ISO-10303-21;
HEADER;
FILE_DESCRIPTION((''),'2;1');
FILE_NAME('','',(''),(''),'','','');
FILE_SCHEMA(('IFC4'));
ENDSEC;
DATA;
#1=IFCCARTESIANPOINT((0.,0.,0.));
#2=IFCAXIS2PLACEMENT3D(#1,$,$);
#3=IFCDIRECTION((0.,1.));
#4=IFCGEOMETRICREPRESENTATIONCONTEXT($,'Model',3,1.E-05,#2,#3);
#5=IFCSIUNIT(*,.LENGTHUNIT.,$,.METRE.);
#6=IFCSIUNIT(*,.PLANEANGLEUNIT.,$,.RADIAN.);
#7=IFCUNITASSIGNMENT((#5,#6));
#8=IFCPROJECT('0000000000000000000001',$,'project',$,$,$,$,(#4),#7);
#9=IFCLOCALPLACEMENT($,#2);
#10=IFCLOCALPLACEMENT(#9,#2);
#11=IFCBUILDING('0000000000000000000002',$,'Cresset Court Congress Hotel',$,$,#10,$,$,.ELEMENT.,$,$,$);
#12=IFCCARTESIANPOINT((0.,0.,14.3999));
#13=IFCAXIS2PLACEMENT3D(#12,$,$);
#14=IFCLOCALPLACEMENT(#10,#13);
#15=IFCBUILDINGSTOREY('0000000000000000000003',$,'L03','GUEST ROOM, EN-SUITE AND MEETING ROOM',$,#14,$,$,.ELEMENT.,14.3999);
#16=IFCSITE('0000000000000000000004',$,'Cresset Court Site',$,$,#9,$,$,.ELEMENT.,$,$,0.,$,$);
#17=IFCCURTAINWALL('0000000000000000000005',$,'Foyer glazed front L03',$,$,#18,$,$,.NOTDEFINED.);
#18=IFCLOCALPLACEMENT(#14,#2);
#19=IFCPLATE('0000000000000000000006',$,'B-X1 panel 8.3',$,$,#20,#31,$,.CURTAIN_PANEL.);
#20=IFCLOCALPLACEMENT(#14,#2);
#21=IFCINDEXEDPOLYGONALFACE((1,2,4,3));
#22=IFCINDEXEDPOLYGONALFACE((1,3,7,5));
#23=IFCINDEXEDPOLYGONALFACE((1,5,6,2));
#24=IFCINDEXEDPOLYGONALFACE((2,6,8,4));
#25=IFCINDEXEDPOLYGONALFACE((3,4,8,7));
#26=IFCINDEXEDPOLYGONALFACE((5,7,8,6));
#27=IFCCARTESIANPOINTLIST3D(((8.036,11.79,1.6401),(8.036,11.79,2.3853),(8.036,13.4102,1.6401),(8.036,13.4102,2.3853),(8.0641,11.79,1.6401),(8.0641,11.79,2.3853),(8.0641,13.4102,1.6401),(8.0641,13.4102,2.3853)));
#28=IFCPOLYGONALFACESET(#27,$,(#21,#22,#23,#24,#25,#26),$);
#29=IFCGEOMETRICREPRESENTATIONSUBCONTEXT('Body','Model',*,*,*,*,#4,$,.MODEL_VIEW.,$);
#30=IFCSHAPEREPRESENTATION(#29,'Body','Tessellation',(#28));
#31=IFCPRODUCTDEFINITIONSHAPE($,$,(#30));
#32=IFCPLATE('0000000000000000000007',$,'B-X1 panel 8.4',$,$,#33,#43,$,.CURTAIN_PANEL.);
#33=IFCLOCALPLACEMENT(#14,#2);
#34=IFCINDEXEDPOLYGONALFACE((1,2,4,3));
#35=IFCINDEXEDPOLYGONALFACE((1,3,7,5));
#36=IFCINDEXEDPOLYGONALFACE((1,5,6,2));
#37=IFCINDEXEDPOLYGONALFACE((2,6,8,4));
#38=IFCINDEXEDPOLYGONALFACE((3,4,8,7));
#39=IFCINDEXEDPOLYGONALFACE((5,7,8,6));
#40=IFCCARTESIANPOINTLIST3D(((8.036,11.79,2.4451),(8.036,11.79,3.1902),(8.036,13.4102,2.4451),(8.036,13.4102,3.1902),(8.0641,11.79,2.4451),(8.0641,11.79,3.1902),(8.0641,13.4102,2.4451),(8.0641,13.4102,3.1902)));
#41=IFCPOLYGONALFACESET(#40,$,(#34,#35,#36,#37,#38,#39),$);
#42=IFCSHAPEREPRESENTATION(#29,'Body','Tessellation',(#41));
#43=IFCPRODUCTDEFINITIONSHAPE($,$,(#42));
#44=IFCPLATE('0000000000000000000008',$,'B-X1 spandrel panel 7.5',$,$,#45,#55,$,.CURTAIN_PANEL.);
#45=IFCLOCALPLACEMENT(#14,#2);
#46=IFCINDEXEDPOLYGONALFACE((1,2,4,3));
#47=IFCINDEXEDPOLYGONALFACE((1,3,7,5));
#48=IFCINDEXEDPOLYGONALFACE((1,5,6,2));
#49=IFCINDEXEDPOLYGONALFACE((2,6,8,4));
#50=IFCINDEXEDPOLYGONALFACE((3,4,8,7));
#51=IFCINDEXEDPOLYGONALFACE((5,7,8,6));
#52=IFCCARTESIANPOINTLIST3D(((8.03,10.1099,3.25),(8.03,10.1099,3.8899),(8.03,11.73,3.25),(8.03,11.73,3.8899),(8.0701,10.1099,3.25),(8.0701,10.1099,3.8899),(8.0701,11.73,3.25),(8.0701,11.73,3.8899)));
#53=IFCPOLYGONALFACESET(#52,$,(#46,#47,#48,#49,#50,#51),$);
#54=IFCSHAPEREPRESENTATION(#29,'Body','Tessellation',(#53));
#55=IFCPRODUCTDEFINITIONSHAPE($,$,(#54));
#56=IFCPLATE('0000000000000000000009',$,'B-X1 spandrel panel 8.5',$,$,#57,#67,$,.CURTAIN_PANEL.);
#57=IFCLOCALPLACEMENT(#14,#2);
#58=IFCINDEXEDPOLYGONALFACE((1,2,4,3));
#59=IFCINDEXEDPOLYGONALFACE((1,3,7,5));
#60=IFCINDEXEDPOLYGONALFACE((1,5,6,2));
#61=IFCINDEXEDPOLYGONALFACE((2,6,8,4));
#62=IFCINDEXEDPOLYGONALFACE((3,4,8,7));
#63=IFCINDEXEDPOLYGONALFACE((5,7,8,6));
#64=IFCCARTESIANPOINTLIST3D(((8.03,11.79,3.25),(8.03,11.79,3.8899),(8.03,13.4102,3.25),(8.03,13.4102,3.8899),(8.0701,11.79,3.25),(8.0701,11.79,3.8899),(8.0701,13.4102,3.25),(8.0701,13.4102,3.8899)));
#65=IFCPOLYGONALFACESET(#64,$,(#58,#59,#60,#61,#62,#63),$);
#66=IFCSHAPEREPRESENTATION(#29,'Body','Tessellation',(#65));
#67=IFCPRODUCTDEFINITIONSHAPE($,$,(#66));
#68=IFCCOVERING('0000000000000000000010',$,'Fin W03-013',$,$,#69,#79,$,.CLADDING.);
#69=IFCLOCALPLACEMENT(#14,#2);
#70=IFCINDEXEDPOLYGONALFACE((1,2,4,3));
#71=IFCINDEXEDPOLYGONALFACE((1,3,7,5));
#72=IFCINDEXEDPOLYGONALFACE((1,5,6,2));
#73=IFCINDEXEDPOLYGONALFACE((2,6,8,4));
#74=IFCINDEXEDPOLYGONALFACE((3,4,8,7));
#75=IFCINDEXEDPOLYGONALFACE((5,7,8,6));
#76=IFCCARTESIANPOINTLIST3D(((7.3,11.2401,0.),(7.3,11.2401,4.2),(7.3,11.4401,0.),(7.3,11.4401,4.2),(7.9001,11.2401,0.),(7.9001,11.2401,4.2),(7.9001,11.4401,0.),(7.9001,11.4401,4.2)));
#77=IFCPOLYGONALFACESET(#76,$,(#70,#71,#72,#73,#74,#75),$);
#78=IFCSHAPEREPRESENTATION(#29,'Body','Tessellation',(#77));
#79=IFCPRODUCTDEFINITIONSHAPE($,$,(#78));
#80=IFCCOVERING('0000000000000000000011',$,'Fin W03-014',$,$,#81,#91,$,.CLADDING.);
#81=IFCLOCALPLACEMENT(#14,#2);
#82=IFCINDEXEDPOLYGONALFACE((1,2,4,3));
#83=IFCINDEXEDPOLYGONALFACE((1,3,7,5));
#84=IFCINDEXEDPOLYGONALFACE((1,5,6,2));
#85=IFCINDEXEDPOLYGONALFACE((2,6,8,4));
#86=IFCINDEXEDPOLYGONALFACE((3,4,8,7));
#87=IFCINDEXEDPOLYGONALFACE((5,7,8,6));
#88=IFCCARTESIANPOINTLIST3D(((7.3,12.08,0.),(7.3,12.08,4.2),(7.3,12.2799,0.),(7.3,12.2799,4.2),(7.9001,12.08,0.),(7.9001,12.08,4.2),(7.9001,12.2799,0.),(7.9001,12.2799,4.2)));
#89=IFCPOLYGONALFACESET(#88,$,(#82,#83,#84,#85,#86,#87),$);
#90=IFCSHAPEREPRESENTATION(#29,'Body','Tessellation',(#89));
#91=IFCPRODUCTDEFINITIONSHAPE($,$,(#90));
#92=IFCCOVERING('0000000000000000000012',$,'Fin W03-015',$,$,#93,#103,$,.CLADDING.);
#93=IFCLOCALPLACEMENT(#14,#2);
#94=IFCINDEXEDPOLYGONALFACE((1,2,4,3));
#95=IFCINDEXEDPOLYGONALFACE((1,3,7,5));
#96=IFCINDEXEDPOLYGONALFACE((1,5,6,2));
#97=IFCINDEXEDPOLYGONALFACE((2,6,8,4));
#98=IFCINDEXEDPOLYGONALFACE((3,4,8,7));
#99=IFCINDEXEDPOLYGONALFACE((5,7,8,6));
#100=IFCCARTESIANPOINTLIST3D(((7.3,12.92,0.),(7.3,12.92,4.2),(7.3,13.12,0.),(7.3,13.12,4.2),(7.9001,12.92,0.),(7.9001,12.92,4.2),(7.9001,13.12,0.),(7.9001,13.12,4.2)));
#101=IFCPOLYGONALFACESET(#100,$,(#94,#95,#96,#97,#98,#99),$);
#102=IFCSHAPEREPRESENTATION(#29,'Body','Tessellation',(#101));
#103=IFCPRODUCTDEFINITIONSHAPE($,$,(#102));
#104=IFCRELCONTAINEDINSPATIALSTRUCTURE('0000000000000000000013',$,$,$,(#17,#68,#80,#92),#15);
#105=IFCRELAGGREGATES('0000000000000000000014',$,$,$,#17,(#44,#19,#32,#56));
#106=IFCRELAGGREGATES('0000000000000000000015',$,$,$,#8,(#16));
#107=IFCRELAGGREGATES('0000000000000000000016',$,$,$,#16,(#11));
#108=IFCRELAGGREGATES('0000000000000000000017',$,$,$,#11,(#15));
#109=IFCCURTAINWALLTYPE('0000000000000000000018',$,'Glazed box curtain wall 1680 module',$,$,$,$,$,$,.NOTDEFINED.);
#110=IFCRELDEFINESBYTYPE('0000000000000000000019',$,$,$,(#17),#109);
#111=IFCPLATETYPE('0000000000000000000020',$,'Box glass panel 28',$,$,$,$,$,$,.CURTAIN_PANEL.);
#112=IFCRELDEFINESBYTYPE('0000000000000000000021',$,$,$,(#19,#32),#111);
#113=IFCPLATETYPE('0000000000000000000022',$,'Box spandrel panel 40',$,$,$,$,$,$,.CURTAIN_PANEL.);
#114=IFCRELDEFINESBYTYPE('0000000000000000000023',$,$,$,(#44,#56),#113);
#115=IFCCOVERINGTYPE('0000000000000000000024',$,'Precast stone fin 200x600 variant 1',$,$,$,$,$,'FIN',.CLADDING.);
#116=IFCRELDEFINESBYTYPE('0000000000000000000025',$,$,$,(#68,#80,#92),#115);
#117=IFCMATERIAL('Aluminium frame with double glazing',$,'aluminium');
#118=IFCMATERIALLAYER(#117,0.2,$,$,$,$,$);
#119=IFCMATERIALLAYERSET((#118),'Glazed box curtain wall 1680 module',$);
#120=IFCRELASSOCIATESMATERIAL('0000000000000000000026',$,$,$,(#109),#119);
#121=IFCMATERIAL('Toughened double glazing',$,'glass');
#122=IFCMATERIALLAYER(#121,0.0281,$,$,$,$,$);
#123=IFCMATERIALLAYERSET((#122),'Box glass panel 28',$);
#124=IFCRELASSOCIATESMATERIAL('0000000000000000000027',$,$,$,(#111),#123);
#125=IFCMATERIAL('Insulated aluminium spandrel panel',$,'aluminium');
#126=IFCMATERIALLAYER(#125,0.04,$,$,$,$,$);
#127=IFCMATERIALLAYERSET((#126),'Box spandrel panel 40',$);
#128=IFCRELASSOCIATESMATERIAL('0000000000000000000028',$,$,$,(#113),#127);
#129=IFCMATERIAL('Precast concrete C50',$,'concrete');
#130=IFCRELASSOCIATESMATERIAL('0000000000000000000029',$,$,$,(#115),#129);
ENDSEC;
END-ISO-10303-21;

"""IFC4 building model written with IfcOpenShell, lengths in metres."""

from ifc_helpers import new_model, si_unit, direction, frame, origin, origin_2d, place, context, subcontext, project, spatial, rectangle, extrude, material, layer, layer_set, type_object, element, aggregate, save


model = new_model("IFC4")

# Units and contexts
model_context = context("Model", 3, precision=1e-05, world=origin(), true_north=direction((0.0, 1.0)))
body_context = subcontext(model_context, "Body", "Model", "MODEL_VIEW")
ifc_project = project(units=[si_unit("LENGTHUNIT", "METRE"), si_unit("PLANEANGLEUNIT", "RADIAN")], contexts=[model_context])

# Site, building, storey
site_placement = place(None, origin())
site = spatial("IfcSite", under=ifc_project, at=site_placement, Name="Cresset Court Site", CompositionType="ELEMENT", RefElevation=0.0)
building_placement = place(site_placement, origin())
building = spatial("IfcBuilding", under=site, at=building_placement, Name="Cresset Court Congress Hotel", CompositionType="ELEMENT")
storey_placement = place(building_placement, frame((0.0, 0.0, 14.3999)))
storey = spatial("IfcBuildingStorey", under=building, at=storey_placement, Name="L03", Description="GUEST ROOM, EN-SUITE AND MEETING ROOM", CompositionType="ELEMENT", Elevation=14.3999)

# Curtain wall, plates
ifc_material_1 = material(Name="Aluminium frame with double glazing", Category="aluminium")
ifc_layer_1 = layer(ifc_material_1, 0.2)
ifc_layer_set_1 = layer_set([ifc_layer_1], Name="Glazed box curtain wall 1680 module")
curtain_wall_type = type_object("IfcCurtainWallType", Name="Glazed box curtain wall 1680 module", PredefinedType="NOTDEFINED", material=ifc_layer_set_1)
curtain_wall_placement = place(storey_placement, origin())
curtain_wall = element("IfcCurtainWall", 1, at=curtain_wall_placement, inside=storey, type_object=curtain_wall_type, Name="Foyer glazed front L03", PredefinedType="NOTDEFINED")
ifc_material_2 = material(Name="Toughened double glazing", Category="glass")
ifc_layer_2 = layer(ifc_material_2, 0.0281)
ifc_layer_set_2 = layer_set([ifc_layer_2], Name="Box glass panel 28")
plate_type_1 = type_object("IfcPlateType", Name="Box glass panel 28", PredefinedType="CURTAIN_PANEL", material=ifc_layer_set_2)
plate_1_placement = place(storey_placement, frame((8.05, 12.6001, 1.6401), z_axis=(0.0, 0.0, 1.0), x_axis=(0.0, 1.0, 0.0)))
plate_1 = element("IfcPlate", 2, at=plate_1_placement, type_object=plate_type_1, Name="B-X1 panel 8.3", PredefinedType="CURTAIN_PANEL", context=body_context, shape_type="SweptSolid", body=[
    extrude(rectangle(XDim=1.6201, YDim=0.0281, at=origin_2d()), origin(), (0.0, 0.0, 1.0), 0.7451),
])
plate_2_placement = place(storey_placement, frame((8.05, 12.6001, 2.4451), z_axis=(0.0, 0.0, 1.0), x_axis=(0.0, 1.0, 0.0)))
plate_2 = element("IfcPlate", 3, at=plate_2_placement, type_object=plate_type_1, Name="B-X1 panel 8.4", PredefinedType="CURTAIN_PANEL", context=body_context, shape_type="SweptSolid", body=[
    extrude(rectangle(XDim=1.6201, YDim=0.0281, at=origin_2d()), origin(), (0.0, 0.0, 1.0), 0.7451),
])
ifc_material_3 = material(Name="Insulated aluminium spandrel panel", Category="aluminium")
ifc_layer_3 = layer(ifc_material_3, 0.04)
ifc_layer_set_3 = layer_set([ifc_layer_3], Name="Box spandrel panel 40")
plate_type_2 = type_object("IfcPlateType", Name="Box spandrel panel 40", PredefinedType="CURTAIN_PANEL", material=ifc_layer_set_3)
plate_3_placement = place(storey_placement, frame((8.05, 10.9199, 3.25), z_axis=(0.0, 0.0, 1.0), x_axis=(0.0, 1.0, 0.0)))
plate_3 = element("IfcPlate", 4, at=plate_3_placement, type_object=plate_type_2, Name="B-X1 spandrel panel 7.5", PredefinedType="CURTAIN_PANEL", context=body_context, shape_type="SweptSolid", body=[
    extrude(rectangle(XDim=1.6201, YDim=0.04, at=origin_2d()), origin(), (0.0, 0.0, 1.0), 0.6399),
])
plate_4_placement = place(storey_placement, frame((8.05, 12.6001, 3.25), z_axis=(0.0, 0.0, 1.0), x_axis=(0.0, 1.0, 0.0)))
plate_4 = element("IfcPlate", 5, at=plate_4_placement, type_object=plate_type_2, Name="B-X1 spandrel panel 8.5", PredefinedType="CURTAIN_PANEL", context=body_context, shape_type="SweptSolid", body=[
    extrude(rectangle(XDim=1.6201, YDim=0.04, at=origin_2d()), origin(), (0.0, 0.0, 1.0), 0.6399),
])
aggregate(curtain_wall, [plate_3, plate_1, plate_2, plate_4])

# Coverings
ifc_material_4 = material(Name="Precast concrete C50", Category="concrete")
covering_type = type_object("IfcCoveringType", Name="Precast stone fin 200x600 variant 1", ElementType="FIN", PredefinedType="CLADDING", material=ifc_material_4)
for number, where, z_axis, x_axis, name in (
    (6, (7.6001, 11.3401, 0.0), (0.0, 0.0, 1.0), (1.0, 0.0, 0.0), "Fin W03-013"),
    (7, (7.6001, 12.1799, 0.0), (0.0, 0.0, 1.0), (1.0, 0.0, 0.0), "Fin W03-014"),
    (8, (7.6001, 13.02, 0.0), (0.0, 0.0, 1.0), (1.0, 0.0, 0.0), "Fin W03-015"),
):
    element("IfcCovering", number, at=place(storey_placement, frame(where, z_axis=z_axis, x_axis=x_axis)), inside=storey, type_object=covering_type, Name=name, PredefinedType="CLADDING", context=body_context, shape_type="SweptSolid", body=[
        extrude(rectangle(XDim=0.6001, YDim=0.2, at=origin_2d()), origin(), (0.0, 0.0, 1.0), 4.2),
    ])

save(model, "model.ifc")
